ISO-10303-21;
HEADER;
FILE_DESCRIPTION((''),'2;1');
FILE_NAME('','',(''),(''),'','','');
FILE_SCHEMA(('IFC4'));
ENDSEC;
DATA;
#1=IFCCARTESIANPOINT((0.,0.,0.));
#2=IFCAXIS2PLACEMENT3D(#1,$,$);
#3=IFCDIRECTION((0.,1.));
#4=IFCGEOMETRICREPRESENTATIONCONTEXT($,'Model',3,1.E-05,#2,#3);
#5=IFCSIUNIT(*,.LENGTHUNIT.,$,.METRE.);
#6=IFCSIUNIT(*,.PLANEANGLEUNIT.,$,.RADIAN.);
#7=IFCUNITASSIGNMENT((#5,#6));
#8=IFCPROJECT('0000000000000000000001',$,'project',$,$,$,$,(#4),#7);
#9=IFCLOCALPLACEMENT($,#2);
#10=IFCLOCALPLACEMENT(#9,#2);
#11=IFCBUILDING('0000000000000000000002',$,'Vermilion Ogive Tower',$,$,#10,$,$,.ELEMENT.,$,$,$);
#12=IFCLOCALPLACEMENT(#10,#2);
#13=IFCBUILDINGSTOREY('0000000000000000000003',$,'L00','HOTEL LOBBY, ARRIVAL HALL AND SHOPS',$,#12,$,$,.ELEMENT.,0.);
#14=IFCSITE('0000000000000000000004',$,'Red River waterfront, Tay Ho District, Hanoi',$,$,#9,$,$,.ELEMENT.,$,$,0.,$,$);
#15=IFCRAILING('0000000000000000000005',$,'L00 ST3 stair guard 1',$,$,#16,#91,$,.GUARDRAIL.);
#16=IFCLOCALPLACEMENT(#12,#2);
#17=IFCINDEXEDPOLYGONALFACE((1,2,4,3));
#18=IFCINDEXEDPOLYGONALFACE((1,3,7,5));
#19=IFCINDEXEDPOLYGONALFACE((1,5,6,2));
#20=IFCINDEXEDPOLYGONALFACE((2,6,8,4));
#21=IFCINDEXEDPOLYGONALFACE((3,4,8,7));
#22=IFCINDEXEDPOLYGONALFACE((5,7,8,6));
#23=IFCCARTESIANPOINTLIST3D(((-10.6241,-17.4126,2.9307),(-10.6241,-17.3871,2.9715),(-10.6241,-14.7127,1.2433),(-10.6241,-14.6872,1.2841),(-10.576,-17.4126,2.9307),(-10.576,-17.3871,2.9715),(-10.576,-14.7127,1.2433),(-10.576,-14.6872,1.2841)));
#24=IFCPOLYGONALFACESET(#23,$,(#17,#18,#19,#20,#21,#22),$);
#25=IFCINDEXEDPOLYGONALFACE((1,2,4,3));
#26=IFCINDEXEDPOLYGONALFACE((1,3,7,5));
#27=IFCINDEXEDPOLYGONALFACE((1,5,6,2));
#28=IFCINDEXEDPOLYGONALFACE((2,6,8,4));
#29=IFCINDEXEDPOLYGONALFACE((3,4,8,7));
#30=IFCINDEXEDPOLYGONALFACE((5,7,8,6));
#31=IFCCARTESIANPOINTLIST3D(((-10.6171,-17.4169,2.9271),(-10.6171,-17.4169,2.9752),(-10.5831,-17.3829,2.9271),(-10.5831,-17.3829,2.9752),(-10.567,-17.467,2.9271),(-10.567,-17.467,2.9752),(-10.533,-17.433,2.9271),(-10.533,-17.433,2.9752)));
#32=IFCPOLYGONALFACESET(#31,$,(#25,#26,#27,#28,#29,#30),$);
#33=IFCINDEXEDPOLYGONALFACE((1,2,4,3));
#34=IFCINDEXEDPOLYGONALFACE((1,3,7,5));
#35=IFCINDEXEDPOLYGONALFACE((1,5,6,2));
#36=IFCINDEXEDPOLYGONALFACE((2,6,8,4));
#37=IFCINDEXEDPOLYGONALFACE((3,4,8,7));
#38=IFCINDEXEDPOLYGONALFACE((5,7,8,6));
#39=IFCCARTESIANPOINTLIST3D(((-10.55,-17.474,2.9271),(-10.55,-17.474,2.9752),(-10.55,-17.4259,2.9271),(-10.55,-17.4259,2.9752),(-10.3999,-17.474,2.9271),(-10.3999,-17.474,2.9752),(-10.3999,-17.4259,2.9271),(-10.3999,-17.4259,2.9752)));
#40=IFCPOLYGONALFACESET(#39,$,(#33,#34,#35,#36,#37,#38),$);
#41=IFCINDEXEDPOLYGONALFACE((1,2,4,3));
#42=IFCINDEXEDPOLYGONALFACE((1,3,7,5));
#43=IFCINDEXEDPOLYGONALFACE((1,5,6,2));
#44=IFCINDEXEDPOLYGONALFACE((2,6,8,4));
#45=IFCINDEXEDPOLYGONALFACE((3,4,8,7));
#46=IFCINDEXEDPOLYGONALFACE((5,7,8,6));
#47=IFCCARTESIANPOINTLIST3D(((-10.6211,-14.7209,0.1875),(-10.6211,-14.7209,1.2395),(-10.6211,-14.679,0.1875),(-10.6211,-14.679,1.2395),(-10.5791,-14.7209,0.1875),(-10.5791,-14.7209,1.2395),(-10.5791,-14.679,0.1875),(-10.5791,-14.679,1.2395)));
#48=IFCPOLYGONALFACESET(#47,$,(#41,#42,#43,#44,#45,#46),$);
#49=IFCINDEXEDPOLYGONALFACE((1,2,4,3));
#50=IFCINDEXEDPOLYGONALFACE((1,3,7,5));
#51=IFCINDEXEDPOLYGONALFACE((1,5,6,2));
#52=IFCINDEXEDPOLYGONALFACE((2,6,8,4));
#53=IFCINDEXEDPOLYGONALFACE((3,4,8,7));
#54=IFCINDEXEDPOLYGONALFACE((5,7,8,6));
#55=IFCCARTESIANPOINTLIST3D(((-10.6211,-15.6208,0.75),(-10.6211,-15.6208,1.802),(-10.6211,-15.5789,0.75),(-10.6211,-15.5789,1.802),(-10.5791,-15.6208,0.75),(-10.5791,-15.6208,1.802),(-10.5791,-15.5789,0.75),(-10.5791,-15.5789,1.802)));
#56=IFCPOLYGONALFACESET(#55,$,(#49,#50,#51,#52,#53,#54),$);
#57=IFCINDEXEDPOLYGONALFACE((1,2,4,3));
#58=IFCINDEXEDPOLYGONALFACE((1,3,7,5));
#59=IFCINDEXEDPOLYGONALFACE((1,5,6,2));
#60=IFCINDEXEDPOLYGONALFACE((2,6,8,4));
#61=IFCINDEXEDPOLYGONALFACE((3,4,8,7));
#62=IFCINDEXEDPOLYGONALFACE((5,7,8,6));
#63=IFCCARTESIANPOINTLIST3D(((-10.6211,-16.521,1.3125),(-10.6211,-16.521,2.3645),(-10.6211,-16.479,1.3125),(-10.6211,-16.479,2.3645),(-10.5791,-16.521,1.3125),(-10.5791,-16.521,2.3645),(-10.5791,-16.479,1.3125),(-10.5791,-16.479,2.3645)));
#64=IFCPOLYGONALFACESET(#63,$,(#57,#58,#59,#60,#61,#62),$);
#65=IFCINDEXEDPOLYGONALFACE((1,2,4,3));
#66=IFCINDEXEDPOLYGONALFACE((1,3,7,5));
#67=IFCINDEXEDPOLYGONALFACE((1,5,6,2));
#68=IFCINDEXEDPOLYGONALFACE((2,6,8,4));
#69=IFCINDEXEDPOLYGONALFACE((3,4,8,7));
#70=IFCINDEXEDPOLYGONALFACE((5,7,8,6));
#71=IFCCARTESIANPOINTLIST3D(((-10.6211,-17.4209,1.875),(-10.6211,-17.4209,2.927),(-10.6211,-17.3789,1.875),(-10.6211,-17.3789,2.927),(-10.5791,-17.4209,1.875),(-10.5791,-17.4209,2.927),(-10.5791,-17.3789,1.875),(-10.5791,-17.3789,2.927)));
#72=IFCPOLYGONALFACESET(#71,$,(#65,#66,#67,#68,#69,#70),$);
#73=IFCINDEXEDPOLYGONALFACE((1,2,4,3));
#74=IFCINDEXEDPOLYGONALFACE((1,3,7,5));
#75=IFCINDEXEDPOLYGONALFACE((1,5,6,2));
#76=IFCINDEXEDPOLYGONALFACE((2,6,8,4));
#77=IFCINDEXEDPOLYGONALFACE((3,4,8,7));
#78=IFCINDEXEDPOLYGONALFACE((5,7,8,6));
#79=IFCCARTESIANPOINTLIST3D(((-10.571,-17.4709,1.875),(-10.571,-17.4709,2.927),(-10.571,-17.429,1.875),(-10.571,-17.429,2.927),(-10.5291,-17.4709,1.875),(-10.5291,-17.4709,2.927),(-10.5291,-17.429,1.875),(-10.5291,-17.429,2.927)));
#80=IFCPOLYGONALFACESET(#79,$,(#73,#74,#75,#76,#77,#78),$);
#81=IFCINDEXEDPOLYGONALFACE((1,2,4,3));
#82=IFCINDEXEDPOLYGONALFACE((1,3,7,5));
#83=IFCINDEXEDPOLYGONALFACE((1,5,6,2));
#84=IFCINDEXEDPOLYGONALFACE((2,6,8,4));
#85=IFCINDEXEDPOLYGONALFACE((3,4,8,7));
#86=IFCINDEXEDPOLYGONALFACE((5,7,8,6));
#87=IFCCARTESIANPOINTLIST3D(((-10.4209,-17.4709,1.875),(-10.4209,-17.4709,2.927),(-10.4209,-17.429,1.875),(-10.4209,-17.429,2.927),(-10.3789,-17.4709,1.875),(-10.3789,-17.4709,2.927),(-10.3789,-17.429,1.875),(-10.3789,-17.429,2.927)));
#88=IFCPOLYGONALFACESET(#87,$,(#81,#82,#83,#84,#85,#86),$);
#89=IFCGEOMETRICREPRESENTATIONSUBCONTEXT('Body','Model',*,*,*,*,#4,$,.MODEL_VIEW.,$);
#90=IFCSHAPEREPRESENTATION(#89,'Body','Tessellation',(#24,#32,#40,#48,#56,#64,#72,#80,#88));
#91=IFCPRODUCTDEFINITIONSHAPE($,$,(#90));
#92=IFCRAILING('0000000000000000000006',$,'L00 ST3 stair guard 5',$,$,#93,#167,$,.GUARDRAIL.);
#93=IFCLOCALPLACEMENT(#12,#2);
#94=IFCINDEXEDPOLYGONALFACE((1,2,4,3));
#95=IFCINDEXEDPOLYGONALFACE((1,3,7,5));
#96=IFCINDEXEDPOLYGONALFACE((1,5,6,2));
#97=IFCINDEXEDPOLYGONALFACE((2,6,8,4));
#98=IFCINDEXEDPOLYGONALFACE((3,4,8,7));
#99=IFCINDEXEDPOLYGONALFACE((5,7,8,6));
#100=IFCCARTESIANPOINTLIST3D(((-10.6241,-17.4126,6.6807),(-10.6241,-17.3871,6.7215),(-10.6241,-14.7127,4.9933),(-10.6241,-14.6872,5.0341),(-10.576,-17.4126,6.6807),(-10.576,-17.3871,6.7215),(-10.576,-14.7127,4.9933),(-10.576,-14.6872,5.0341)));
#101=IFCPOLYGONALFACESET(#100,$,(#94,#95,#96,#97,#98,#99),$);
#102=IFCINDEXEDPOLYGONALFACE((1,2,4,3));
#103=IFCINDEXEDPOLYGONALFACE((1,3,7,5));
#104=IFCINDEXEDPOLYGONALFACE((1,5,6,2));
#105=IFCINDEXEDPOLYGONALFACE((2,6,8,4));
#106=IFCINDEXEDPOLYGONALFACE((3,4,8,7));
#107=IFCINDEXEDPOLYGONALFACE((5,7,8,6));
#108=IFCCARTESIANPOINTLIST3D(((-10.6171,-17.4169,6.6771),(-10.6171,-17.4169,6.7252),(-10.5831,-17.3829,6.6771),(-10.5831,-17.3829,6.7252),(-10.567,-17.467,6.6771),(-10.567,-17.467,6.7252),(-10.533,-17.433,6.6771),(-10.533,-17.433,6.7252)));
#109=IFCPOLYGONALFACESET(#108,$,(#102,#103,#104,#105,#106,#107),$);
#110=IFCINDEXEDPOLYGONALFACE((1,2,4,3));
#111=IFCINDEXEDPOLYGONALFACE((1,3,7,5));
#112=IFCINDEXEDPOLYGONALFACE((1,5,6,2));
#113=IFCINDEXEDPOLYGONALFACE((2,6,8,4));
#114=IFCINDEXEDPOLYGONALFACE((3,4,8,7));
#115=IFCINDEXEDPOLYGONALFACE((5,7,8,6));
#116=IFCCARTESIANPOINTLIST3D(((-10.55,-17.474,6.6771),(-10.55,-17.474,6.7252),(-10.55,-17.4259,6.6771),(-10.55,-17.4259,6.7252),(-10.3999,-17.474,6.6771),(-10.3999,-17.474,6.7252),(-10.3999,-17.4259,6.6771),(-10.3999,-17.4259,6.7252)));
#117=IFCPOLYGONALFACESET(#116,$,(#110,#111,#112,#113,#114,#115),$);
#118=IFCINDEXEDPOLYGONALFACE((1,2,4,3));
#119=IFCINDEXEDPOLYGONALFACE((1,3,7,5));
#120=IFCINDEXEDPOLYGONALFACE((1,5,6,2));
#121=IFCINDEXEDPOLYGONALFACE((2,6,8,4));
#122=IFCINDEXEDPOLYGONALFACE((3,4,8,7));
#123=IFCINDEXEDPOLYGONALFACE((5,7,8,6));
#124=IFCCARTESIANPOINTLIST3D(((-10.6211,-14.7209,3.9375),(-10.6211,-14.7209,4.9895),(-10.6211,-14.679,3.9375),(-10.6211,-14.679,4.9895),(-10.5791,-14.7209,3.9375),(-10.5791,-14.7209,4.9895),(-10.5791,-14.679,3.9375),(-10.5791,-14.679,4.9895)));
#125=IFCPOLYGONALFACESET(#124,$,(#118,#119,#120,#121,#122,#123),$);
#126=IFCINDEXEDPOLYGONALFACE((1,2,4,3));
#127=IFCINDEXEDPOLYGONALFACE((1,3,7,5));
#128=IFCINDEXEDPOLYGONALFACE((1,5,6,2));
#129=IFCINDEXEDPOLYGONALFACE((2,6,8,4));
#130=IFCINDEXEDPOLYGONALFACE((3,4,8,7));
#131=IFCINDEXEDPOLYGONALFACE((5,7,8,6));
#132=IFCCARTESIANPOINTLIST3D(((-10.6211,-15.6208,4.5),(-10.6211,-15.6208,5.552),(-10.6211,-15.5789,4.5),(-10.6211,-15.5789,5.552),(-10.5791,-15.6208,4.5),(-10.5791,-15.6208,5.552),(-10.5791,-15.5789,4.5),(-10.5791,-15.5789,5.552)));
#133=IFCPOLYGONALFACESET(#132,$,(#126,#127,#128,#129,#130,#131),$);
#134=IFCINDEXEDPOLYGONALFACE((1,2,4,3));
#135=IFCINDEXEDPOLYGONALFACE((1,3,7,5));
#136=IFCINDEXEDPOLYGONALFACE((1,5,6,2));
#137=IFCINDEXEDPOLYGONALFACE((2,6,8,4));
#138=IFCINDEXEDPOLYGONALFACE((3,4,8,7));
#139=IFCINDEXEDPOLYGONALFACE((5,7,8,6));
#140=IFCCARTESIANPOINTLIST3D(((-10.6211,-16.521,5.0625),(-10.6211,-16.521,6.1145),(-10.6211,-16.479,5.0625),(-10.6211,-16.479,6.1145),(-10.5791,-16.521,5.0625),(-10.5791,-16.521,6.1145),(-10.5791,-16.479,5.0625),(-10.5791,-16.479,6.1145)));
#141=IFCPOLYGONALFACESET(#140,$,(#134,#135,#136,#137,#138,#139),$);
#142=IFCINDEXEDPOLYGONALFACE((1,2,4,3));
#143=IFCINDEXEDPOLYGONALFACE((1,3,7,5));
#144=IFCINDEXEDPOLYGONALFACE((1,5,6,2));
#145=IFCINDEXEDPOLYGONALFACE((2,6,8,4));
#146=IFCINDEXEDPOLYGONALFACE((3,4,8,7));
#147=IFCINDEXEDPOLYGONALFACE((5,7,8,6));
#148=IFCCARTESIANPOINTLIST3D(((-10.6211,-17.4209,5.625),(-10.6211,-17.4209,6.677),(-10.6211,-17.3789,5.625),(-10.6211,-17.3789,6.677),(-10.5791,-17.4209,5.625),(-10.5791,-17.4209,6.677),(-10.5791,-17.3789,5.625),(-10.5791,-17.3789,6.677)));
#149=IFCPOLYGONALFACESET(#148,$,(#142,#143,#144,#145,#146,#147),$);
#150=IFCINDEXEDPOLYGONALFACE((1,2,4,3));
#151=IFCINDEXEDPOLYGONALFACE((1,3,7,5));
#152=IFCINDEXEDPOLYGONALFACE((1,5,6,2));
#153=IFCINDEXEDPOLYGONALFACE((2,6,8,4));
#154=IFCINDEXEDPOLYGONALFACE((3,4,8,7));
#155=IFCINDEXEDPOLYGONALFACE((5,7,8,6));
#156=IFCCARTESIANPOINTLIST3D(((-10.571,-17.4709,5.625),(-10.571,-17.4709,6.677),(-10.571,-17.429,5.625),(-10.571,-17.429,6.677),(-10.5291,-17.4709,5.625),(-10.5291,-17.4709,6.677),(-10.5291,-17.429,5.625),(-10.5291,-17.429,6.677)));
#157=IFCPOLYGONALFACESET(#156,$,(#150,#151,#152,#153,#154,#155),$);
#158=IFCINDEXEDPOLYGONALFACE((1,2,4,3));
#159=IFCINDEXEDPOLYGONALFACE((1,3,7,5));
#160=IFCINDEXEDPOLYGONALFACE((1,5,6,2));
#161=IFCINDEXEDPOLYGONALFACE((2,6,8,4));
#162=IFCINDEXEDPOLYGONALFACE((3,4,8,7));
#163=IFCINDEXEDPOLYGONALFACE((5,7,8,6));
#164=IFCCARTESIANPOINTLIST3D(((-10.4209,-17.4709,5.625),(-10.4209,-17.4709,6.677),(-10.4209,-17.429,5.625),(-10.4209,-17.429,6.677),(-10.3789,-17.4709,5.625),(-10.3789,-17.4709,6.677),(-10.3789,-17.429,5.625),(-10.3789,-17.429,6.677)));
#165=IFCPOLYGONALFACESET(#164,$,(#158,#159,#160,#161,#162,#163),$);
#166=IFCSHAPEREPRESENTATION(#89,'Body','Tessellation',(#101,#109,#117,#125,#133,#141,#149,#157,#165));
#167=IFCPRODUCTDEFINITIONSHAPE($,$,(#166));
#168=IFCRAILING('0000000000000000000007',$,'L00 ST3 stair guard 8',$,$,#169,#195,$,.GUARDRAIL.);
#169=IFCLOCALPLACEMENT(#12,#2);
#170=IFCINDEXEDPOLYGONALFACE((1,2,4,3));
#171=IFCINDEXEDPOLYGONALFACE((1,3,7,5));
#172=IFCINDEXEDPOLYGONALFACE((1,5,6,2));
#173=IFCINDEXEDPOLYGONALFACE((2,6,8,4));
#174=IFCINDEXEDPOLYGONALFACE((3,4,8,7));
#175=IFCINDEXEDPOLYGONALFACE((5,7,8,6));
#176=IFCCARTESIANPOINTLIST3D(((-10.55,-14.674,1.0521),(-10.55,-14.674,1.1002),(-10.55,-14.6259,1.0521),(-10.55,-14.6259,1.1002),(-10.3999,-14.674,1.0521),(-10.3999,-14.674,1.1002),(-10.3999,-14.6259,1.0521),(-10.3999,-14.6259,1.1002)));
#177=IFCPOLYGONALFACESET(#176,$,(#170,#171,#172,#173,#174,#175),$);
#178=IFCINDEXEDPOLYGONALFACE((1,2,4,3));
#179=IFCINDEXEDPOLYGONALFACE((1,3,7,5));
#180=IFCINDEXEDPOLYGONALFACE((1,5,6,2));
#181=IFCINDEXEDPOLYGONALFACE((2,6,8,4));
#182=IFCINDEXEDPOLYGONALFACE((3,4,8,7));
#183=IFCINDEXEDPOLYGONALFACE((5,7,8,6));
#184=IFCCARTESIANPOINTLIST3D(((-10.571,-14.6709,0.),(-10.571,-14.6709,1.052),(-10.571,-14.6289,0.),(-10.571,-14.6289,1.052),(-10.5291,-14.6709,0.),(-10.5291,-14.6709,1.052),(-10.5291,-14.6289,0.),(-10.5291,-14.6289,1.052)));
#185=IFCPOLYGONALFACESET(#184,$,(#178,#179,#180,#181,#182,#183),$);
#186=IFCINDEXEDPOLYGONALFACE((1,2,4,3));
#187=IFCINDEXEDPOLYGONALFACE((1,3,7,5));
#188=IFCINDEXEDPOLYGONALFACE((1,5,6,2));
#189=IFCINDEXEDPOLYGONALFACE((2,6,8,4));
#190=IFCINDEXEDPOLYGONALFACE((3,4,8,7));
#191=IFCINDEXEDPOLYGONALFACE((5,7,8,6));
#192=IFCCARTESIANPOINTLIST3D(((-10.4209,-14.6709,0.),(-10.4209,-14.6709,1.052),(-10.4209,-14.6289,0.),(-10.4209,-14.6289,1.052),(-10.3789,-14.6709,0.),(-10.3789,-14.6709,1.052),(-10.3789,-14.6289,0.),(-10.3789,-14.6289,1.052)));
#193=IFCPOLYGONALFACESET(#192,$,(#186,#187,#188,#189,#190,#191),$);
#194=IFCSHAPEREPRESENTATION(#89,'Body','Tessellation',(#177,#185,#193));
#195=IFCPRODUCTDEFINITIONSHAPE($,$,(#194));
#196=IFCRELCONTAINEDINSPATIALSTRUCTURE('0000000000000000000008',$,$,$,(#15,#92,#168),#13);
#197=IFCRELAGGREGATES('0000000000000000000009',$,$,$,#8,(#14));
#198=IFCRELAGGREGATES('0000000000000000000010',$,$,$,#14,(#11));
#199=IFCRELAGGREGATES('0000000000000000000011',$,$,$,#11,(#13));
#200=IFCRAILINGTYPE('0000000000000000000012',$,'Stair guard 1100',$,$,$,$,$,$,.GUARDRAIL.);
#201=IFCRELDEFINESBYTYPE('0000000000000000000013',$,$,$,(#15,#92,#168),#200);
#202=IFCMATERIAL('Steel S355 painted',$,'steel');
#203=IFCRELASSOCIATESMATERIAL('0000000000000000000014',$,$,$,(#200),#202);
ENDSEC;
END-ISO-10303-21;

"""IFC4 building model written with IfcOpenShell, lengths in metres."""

from ifc_helpers import new_model, si_unit, direction, frame, origin, origin_2d, place, context, subcontext, project, spatial, rectangle, extrude, material, type_object, element, save


model = new_model("IFC4")

# Units and contexts
model_context = context("Model", 3, precision=1e-05, world=origin(), true_north=direction((0.0, 1.0)))
body_context = subcontext(model_context, "Body", "Model", "MODEL_VIEW")
ifc_project = project(units=[si_unit("LENGTHUNIT", "METRE"), si_unit("PLANEANGLEUNIT", "RADIAN")], contexts=[model_context])

# Site, building, storey
site_placement = place(None, origin())
site = spatial("IfcSite", under=ifc_project, at=site_placement, Name="Red River waterfront, Tay Ho District, Hanoi", CompositionType="ELEMENT", RefElevation=0.0)
building_placement = place(site_placement, origin())
building = spatial("IfcBuilding", under=site, at=building_placement, Name="Vermilion Ogive Tower", CompositionType="ELEMENT")
storey_placement = place(building_placement, origin())
storey = spatial("IfcBuildingStorey", under=building, at=storey_placement, Name="L00", Description="HOTEL LOBBY, ARRIVAL HALL AND SHOPS", CompositionType="ELEMENT", Elevation=0.0)

# Railings
ifc_material_1 = material(Name="Steel S355 painted", Category="steel")
railing_type = type_object("IfcRailingType", Name="Stair guard 1100", PredefinedType="GUARDRAIL", material=ifc_material_1)
for number, where, name in (
    (1, (-10.6001, -14.7, 0.1875), "L00 ST3 stair guard 1"),
    (2, (-10.6001, -14.7, 3.9375), "L00 ST3 stair guard 5"),
):
    element("IfcRailing", number, at=place(storey_placement, frame(where)), inside=storey, type_object=railing_type, Name=name, PredefinedType="GUARDRAIL", context=body_context, shape_type="SweptSolid", body=[
        extrude(rectangle(XDim=0.0481, YDim=0.0481, at=origin_2d()), frame((0.0, 0.0, 1.0762), z_axis=(0.0, -0.847994, 0.530006), x_axis=(1.0, 0.0, 0.0)), (0.0, 0.0, 1.0), 3.1838),
        extrude(rectangle(XDim=0.0481, YDim=0.0481, at=origin_2d()), frame((0.0, -2.7, 2.7637), z_axis=(0.707107, -0.707107, 0.0), x_axis=(0.707107, 0.707107, 0.0)), (0.0, 0.0, 1.0), 0.0708),
        extrude(rectangle(XDim=0.0481, YDim=0.0481, at=origin_2d()), frame((0.05, -2.75, 2.7637), z_axis=(1.0, 0.0, 0.0), x_axis=(0.0, 1.0, 0.0)), (0.0, 0.0, 1.0), 0.1501),
        extrude(rectangle(XDim=0.042, YDim=0.042, at=origin_2d()), origin(), (0.0, 0.0, 1.0), 1.052),
        extrude(rectangle(XDim=0.042, YDim=0.042, at=origin_2d()), frame((0.0, -0.8999, 0.5625)), (0.0, 0.0, 1.0), 1.052),
        extrude(rectangle(XDim=0.042, YDim=0.042, at=origin_2d()), frame((0.0, -1.8, 1.125)), (0.0, 0.0, 1.0), 1.052),
        extrude(rectangle(XDim=0.042, YDim=0.042, at=origin_2d()), frame((0.0, -2.7, 1.6875)), (0.0, 0.0, 1.0), 1.052),
        extrude(rectangle(XDim=0.042, YDim=0.042, at=origin_2d()), frame((0.05, -2.75, 1.6875)), (0.0, 0.0, 1.0), 1.052),
        extrude(rectangle(XDim=0.042, YDim=0.042, at=origin_2d()), frame((0.2002, -2.75, 1.6875)), (0.0, 0.0, 1.0), 1.052),
    ])
railing_placement = place(storey_placement, frame((-10.55, -14.6499, 0.0)))
element("IfcRailing", 3, at=railing_placement, inside=storey, type_object=railing_type, Name="L00 ST3 stair guard 8", PredefinedType="GUARDRAIL", context=body_context, shape_type="SweptSolid", body=[
    extrude(rectangle(XDim=0.0481, YDim=0.0481, at=origin_2d()), frame((0.0, 0.0, 1.0762), z_axis=(1.0, 0.0, 0.0), x_axis=(0.0, 1.0, 0.0)), (0.0, 0.0, 1.0), 0.1501),
    extrude(rectangle(XDim=0.042, YDim=0.042, at=origin_2d()), origin(), (0.0, 0.0, 1.0), 1.052),
    extrude(rectangle(XDim=0.042, YDim=0.042, at=origin_2d()), frame((0.1501, 0.0, 0.0)), (0.0, 0.0, 1.0), 1.052),
])

save(model, "model.ifc")
